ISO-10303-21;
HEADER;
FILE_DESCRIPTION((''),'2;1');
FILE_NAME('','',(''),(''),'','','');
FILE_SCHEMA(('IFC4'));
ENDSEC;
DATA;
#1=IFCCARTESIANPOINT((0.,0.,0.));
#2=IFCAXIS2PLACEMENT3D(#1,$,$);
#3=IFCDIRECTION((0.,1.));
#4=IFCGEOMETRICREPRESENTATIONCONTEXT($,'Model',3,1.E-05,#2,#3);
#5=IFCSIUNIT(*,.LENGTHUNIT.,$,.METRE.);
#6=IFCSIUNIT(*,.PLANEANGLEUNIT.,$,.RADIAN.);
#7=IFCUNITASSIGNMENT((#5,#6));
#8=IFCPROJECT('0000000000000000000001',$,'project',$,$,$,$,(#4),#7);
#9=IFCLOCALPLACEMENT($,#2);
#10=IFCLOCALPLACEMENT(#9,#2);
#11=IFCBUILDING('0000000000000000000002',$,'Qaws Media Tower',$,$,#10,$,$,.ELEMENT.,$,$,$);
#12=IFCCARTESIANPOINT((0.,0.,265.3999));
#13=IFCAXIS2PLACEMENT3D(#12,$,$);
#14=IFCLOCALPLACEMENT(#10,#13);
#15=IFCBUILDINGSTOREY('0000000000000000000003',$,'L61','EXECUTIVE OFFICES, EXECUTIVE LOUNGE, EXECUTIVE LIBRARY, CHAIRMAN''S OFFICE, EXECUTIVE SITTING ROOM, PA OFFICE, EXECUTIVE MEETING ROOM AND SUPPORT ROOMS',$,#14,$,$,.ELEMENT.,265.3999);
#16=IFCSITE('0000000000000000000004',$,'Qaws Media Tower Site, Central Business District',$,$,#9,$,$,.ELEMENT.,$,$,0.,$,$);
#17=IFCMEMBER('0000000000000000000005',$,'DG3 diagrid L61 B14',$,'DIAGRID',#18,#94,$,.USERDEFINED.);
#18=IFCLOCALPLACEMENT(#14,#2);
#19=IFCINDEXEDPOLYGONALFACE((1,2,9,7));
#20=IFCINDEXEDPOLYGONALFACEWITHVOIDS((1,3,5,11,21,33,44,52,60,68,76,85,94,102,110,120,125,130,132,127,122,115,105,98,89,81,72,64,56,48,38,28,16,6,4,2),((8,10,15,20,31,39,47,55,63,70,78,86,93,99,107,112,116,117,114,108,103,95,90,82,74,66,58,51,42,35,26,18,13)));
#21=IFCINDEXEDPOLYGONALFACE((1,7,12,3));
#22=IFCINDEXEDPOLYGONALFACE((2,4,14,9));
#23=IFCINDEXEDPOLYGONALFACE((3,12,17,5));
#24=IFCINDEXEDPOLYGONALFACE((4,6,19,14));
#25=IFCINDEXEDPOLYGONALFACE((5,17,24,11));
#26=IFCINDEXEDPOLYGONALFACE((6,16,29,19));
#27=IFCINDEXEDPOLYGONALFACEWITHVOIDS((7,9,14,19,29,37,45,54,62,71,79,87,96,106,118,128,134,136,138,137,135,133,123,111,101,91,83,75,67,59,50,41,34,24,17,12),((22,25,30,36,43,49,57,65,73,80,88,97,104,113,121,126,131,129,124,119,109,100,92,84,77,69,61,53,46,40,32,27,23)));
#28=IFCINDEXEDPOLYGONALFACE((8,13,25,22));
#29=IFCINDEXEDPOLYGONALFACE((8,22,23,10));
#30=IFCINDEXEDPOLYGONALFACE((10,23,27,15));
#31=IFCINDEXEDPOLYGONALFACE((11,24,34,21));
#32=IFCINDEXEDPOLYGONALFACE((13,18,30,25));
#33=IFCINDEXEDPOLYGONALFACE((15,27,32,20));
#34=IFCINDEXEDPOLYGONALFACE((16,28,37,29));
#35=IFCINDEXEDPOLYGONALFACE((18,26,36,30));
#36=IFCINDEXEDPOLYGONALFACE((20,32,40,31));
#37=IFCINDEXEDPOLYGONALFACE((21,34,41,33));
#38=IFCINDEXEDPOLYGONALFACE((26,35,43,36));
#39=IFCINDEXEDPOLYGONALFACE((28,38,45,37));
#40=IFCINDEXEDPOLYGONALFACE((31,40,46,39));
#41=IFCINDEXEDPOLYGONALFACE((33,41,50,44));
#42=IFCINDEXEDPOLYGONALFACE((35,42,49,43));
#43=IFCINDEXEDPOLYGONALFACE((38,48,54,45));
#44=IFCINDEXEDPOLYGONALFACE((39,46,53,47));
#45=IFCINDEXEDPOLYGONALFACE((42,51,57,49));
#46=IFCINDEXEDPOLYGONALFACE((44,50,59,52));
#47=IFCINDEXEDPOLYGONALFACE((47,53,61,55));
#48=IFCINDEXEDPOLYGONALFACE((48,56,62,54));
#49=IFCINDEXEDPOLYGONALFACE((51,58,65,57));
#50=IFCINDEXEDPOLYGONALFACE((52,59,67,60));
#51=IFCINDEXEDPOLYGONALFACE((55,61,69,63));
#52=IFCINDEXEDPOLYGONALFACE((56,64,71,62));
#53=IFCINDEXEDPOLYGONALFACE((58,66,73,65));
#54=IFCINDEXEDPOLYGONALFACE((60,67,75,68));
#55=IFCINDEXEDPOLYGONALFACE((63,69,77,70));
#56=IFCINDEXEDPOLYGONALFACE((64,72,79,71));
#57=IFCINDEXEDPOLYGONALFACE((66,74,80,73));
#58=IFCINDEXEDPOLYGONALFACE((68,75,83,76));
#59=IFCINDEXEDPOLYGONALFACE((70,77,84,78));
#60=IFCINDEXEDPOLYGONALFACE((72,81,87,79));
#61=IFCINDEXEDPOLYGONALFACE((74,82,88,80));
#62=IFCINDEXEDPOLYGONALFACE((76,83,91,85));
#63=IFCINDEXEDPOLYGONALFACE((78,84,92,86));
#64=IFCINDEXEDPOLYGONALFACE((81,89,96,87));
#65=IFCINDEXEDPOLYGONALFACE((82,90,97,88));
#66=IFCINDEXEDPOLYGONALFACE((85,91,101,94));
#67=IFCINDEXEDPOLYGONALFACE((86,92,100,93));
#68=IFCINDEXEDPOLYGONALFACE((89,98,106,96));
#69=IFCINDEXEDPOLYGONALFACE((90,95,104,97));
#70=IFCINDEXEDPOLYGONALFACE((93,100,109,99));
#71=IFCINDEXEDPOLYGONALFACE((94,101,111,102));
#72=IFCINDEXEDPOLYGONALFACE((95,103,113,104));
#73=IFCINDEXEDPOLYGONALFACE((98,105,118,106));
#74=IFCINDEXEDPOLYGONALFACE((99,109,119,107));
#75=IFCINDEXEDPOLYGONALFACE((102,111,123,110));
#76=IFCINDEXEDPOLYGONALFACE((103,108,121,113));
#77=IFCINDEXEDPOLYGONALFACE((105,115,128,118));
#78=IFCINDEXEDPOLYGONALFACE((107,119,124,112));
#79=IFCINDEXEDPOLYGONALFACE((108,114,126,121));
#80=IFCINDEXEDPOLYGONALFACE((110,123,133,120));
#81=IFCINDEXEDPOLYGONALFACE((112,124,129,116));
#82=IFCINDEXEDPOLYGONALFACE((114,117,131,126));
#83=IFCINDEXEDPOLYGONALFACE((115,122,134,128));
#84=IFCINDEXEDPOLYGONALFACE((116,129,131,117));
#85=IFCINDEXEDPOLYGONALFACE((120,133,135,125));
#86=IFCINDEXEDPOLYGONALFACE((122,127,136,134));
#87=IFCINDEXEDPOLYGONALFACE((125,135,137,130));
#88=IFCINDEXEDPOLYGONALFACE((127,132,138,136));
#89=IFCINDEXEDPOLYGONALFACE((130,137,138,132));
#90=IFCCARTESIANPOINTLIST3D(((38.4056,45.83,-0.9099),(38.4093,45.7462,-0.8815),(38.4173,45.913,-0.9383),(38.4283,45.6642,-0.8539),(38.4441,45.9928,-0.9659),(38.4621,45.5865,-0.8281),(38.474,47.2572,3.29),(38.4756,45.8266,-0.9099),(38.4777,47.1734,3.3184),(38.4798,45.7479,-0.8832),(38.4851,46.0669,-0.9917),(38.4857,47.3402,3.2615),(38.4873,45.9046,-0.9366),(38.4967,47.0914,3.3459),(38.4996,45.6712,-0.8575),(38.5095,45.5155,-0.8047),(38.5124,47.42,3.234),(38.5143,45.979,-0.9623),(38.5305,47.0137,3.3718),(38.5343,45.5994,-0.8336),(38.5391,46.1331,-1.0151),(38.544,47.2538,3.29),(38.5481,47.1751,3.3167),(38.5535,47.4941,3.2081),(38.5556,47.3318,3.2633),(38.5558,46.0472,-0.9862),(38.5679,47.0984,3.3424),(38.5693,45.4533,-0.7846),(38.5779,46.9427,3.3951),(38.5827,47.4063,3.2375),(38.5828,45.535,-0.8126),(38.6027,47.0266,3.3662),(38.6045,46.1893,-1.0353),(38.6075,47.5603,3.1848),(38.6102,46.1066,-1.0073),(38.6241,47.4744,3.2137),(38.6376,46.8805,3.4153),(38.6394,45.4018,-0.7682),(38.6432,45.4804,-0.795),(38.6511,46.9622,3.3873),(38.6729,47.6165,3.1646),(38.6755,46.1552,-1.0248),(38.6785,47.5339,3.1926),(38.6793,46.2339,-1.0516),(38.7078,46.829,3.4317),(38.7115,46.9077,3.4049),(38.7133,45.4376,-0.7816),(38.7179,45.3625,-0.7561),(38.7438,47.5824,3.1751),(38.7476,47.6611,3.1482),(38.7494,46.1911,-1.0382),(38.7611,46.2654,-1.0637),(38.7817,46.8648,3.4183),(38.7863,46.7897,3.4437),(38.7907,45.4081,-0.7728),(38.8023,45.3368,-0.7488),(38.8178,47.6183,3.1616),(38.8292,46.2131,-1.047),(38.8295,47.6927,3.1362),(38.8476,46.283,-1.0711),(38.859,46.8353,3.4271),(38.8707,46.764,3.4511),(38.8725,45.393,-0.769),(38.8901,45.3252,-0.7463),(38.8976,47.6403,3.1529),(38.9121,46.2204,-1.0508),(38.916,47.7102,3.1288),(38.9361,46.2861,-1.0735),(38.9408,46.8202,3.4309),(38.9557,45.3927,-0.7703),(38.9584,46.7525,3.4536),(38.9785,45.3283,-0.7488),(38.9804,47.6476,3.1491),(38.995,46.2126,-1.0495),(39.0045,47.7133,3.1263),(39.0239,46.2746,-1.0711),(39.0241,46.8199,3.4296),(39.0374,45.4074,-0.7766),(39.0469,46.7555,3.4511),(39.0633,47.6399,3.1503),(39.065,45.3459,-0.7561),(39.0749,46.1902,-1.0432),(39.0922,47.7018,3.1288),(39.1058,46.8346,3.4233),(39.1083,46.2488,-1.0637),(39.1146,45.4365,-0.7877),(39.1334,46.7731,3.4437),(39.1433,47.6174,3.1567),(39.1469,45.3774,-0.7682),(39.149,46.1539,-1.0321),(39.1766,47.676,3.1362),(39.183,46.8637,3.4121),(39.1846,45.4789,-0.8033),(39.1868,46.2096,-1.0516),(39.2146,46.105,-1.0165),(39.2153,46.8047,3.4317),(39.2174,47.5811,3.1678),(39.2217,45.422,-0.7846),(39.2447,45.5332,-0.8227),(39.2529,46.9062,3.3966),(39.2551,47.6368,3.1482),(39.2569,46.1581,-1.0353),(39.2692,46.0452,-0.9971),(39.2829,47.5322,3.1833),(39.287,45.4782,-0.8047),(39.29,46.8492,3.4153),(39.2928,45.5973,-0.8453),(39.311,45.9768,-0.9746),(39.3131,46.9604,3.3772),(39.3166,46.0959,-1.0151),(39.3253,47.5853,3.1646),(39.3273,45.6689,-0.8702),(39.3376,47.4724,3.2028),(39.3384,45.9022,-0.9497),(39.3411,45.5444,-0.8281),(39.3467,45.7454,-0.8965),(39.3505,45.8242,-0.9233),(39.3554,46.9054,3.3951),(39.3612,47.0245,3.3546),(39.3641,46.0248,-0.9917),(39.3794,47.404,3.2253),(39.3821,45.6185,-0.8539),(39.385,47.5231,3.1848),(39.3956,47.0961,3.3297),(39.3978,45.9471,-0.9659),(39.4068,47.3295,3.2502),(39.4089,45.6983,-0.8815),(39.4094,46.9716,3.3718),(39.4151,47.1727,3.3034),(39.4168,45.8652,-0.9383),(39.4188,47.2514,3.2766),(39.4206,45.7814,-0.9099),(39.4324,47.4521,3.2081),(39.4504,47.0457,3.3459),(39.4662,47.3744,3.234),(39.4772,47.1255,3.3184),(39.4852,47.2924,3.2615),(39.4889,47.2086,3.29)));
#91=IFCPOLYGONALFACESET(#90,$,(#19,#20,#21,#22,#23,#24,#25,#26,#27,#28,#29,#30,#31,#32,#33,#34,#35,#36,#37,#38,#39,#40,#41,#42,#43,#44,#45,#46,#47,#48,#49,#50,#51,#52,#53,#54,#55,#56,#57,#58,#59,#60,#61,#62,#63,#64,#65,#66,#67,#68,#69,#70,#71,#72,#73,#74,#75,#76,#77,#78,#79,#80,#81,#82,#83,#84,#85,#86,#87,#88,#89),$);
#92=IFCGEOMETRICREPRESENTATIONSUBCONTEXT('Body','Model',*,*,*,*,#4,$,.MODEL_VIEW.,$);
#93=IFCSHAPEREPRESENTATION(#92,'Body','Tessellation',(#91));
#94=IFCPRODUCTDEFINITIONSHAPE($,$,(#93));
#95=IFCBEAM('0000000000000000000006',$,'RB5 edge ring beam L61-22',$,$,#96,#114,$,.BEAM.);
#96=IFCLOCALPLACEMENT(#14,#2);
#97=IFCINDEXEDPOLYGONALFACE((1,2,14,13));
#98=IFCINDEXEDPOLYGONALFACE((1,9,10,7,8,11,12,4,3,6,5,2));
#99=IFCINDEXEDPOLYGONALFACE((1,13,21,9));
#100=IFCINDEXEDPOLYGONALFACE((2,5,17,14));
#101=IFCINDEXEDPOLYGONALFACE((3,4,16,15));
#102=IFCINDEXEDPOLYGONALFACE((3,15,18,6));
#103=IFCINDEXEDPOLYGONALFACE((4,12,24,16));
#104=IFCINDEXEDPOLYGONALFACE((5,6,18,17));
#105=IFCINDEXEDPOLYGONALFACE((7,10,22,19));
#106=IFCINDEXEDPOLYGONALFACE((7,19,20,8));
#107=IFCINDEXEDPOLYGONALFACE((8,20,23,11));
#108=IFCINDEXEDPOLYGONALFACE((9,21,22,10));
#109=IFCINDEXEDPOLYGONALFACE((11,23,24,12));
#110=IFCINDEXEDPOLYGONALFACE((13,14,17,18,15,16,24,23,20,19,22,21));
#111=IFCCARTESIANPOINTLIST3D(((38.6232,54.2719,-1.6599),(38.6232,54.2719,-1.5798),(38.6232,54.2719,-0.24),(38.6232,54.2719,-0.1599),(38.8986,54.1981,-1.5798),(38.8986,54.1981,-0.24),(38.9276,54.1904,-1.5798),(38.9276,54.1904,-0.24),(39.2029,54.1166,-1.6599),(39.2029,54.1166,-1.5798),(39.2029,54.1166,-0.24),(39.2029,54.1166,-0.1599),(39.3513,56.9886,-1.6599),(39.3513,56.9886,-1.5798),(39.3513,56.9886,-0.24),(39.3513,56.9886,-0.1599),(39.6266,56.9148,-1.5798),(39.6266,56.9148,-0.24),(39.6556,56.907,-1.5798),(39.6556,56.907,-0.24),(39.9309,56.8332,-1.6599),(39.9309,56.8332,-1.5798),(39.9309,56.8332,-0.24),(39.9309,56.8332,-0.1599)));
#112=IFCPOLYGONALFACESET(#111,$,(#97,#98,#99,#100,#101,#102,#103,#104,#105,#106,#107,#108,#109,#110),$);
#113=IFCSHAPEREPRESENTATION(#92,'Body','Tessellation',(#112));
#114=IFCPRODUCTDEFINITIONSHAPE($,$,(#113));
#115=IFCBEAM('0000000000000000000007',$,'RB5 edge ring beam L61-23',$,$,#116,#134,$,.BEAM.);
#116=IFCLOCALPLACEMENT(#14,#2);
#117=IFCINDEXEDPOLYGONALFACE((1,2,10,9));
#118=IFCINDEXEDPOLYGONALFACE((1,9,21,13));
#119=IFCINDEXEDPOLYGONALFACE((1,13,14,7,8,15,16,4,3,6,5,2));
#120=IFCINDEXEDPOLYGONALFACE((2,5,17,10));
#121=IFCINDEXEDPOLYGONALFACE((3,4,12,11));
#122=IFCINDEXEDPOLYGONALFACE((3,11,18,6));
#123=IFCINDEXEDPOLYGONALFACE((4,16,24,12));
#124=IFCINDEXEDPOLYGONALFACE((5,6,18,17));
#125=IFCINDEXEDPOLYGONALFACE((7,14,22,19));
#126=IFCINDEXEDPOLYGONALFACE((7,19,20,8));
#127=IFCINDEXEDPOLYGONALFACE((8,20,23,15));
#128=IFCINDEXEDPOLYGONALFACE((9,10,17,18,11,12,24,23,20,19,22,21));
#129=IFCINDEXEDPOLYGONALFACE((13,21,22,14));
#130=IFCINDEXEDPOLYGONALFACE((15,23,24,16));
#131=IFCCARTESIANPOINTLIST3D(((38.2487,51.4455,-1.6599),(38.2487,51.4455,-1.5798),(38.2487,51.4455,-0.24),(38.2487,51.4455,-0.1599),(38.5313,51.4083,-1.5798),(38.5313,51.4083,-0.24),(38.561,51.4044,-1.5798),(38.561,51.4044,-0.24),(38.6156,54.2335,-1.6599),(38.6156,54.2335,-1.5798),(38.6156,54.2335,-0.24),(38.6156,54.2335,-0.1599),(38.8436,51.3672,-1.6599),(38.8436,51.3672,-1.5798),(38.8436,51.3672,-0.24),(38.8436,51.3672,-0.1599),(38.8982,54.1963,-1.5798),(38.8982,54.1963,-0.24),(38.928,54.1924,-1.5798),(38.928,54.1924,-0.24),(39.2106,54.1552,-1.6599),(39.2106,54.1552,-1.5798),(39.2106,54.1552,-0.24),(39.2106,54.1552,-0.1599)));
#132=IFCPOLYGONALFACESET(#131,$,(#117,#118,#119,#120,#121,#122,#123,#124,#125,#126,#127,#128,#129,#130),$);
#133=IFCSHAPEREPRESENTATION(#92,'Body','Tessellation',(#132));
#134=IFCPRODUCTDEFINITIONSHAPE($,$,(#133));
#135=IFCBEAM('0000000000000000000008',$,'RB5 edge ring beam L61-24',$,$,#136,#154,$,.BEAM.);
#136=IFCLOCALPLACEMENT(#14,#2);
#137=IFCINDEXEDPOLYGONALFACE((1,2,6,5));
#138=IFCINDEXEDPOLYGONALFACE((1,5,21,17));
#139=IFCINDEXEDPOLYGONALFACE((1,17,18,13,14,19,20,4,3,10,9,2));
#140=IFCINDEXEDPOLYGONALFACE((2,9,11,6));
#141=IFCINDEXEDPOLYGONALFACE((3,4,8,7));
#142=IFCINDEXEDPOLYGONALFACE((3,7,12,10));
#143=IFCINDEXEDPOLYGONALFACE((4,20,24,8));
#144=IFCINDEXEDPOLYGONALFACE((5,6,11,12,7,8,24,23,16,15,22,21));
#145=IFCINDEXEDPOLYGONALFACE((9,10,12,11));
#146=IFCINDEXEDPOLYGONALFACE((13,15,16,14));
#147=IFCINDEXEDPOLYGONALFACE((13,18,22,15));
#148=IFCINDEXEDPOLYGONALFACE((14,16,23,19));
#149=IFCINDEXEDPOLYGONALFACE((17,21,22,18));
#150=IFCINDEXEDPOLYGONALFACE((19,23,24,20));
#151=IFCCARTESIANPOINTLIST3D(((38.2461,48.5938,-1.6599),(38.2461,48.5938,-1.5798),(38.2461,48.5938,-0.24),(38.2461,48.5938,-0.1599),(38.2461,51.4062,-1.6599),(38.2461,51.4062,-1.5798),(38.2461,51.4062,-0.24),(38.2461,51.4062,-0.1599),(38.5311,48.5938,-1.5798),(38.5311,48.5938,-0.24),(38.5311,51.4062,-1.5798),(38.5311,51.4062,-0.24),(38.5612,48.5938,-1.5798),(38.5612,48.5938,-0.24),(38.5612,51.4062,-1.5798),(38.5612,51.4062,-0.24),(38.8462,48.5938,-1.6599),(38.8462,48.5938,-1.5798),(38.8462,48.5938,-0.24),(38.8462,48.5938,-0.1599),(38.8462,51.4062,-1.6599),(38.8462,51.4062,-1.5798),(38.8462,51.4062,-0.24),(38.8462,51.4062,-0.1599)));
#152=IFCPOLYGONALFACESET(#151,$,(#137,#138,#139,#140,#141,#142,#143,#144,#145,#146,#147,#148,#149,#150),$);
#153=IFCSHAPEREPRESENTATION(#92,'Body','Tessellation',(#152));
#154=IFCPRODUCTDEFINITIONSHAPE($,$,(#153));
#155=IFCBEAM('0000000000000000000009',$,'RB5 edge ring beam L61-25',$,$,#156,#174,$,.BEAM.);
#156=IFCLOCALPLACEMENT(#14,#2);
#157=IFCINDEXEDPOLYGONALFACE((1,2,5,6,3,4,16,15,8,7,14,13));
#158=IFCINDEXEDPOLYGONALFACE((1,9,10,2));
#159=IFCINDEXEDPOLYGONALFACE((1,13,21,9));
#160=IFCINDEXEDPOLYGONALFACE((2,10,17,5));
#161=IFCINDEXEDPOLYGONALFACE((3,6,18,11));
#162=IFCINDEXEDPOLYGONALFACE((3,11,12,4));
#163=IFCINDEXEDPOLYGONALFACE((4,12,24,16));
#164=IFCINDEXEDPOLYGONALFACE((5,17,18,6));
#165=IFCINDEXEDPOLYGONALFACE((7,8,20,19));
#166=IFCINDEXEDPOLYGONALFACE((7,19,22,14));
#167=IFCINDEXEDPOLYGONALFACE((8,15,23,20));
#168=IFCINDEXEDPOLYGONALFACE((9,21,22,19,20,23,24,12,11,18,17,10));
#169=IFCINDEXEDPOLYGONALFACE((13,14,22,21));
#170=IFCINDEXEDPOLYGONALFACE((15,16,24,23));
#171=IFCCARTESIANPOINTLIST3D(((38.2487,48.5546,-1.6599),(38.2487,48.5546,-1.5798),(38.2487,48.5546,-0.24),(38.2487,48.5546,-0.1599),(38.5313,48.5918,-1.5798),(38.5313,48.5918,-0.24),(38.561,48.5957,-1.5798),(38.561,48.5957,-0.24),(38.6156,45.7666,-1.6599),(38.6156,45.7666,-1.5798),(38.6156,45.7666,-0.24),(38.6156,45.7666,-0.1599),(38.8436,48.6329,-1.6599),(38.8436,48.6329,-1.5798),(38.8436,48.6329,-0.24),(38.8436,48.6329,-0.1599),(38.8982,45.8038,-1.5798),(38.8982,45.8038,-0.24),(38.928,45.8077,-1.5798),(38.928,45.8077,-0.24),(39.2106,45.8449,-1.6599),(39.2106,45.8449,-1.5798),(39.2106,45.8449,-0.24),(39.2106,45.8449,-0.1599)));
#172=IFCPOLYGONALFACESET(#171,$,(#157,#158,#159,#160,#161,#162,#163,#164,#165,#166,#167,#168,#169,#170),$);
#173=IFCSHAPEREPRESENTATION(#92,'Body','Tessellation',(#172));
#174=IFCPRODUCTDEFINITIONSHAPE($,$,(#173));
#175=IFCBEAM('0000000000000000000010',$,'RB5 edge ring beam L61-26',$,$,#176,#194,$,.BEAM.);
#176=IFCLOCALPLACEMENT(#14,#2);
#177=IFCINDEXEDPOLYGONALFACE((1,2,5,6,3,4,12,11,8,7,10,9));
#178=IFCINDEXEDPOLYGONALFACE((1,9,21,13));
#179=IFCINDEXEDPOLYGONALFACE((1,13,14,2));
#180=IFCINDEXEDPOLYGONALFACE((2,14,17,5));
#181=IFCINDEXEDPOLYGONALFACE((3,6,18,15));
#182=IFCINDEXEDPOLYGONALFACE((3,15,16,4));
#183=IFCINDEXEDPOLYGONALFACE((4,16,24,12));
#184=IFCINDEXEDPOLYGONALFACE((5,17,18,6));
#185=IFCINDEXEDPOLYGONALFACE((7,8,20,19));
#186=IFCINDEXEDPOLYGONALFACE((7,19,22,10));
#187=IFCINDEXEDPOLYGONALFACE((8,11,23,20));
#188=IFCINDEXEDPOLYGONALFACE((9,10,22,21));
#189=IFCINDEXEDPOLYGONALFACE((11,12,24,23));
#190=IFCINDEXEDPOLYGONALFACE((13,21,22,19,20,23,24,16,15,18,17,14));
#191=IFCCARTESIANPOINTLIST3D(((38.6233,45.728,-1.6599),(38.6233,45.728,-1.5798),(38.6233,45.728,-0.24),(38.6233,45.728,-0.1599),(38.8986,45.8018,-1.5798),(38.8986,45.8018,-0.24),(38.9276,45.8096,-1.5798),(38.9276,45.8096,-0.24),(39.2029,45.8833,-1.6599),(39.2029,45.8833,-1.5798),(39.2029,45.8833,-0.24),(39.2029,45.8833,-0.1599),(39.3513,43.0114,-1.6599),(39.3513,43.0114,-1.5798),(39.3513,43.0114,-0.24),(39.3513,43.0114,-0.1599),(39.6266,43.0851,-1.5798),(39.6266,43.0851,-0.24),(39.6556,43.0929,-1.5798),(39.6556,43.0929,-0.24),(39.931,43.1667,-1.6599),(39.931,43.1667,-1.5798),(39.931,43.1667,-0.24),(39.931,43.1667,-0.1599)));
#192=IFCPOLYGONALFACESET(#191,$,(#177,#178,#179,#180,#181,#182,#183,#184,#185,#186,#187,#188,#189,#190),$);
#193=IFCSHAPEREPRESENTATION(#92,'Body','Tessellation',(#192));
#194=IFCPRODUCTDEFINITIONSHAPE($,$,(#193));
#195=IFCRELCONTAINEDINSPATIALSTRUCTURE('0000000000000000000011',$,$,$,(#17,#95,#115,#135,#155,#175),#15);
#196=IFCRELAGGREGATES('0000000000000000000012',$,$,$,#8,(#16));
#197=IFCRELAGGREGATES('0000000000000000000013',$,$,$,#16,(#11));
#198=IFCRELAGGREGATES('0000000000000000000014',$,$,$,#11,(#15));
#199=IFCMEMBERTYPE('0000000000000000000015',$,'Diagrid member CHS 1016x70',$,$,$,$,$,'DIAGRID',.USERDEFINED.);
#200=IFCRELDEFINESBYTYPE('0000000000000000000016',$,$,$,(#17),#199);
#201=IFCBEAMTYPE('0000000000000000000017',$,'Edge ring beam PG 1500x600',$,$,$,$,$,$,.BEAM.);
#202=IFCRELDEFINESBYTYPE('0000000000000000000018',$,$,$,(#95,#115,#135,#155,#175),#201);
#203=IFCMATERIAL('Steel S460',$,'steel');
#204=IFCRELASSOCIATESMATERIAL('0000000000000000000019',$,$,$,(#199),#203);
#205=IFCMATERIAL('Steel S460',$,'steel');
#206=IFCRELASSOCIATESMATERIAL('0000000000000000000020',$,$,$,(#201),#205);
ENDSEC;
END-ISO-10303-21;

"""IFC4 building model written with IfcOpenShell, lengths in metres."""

from ifc_helpers import new_model, si_unit, direction, frame, origin, origin_2d, place, context, subcontext, project, spatial, hollow_circle, i_section, extrude, material, material_profile, profile_set, type_object, element, save


model = new_model("IFC4")

# Units and contexts
model_context = context("Model", 3, precision=1e-05, world=origin(), true_north=direction((0.0, 1.0)))
body_context = subcontext(model_context, "Body", "Model", "MODEL_VIEW")
ifc_project = project(units=[si_unit("LENGTHUNIT", "METRE"), si_unit("PLANEANGLEUNIT", "RADIAN")], contexts=[model_context])

# Site, building, storey
site_placement = place(None, origin())
site = spatial("IfcSite", under=ifc_project, at=site_placement, Name="Qaws Media Tower Site, Central Business District", CompositionType="ELEMENT", RefElevation=0.0)
building_placement = place(site_placement, origin())
building = spatial("IfcBuilding", under=site, at=building_placement, Name="Qaws Media Tower", CompositionType="ELEMENT")
storey_placement = place(building_placement, frame((0.0, 0.0, 265.3999)))
storey = spatial("IfcBuildingStorey", under=building, at=storey_placement, Name="L61", Description="EXECUTIVE OFFICES, EXECUTIVE LOUNGE, EXECUTIVE LIBRARY, CHAIRMAN'S OFFICE, EXECUTIVE SITTING ROOM, PA OFFICE, EXECUTIVE MEETING ROOM AND SUPPORT ROOMS", CompositionType="ELEMENT", Elevation=265.3999)

# Member
ifc_material_1 = material(Name="Steel S460", Category="steel")
ifc_material_profile_1 = material_profile(ifc_material_1, hollow_circle(Radius=0.5081, WallThickness=0.0701, at=origin_2d()), Name="CHS 1016x70")
ifc_profile_set_1 = profile_set([ifc_material_profile_1], Name="Steel S460")
member_type_1 = type_object("IfcMemberType", Name="Diagrid member CHS 1016x70", ElementType="DIAGRID", PredefinedType="USERDEFINED", material=ifc_profile_set_1)
for number, where, z_axis, x_axis, name in (
    (1, (38.9131, 45.8057, -0.9099), (0.015409, 0.321716, 0.946711), (-0.998855, 0.047841, 0.0), "DG3 diagrid L61 B14"),
):
    element("IfcMember", number, at=place(storey_placement, frame(where, z_axis=z_axis, x_axis=x_axis)), inside=storey, type_object=member_type_1, Name=name, ObjectType="DIAGRID", PredefinedType="USERDEFINED", context=body_context, shape_type="SweptSolid", body=[
        extrude(hollow_circle(Radius=0.5081, WallThickness=0.0701, at=origin_2d()), origin(), (0.0, 0.0, 1.0), 4.4363),
    ])

# Beams
ifc_material_2 = material(Name="Steel S460", Category="steel")
ifc_material_profile_2 = material_profile(ifc_material_2, i_section(OverallWidth=0.6001, OverallDepth=1.5, WebThickness=0.03, FlangeThickness=0.0801, at=origin_2d()), Name="PG 1500x600")
ifc_profile_set_2 = profile_set([ifc_material_profile_2], Name="Steel S460")
beam_type = type_object("IfcBeamType", Name="Edge ring beam PG 1500x600", PredefinedType="BEAM", material=ifc_profile_set_2)
beam_1_placement = place(storey_placement, frame((39.6411, 56.9109, -0.9099), z_axis=(-0.258862, -0.965914, 0.0), x_axis=(0.965914, -0.258862, 0.0)))
element("IfcBeam", 2, at=beam_1_placement, inside=storey, type_object=beam_type, Name="RB5 edge ring beam L61-22", PredefinedType="BEAM", context=body_context, shape_type="SweptSolid", body=[
    extrude(i_section(OverallWidth=0.6001, OverallDepth=1.5, WebThickness=0.03, FlangeThickness=0.0801, at=origin_2d()), origin(), (0.0, 0.0, 1.0), 2.8125),
])
beam_2_placement = place(storey_placement, frame((38.9131, 54.1943, -0.9099), z_axis=(-0.130486, -0.99145, 0.0), x_axis=(0.99145, -0.130486, 0.0)))
element("IfcBeam", 3, at=beam_2_placement, inside=storey, type_object=beam_type, Name="RB5 edge ring beam L61-23", PredefinedType="BEAM", context=body_context, shape_type="SweptSolid", body=[
    extrude(i_section(OverallWidth=0.6001, OverallDepth=1.5, WebThickness=0.03, FlangeThickness=0.0801, at=origin_2d()), origin(), (0.0, 0.0, 1.0), 2.812),
])
beam_3_placement = place(storey_placement, frame((38.5461, 51.4062, -0.9099), z_axis=(0.0, -1.0, 0.0), x_axis=(1.0, 0.0, 0.0)))
element("IfcBeam", 4, at=beam_3_placement, inside=storey, type_object=beam_type, Name="RB5 edge ring beam L61-24", PredefinedType="BEAM", context=body_context, shape_type="SweptSolid", body=[
    extrude(i_section(OverallWidth=0.6001, OverallDepth=1.5, WebThickness=0.03, FlangeThickness=0.0801, at=origin_2d()), origin(), (0.0, 0.0, 1.0), 2.8125),
])
beam_4_placement = place(storey_placement, frame((38.5461, 48.5938, -0.9099), z_axis=(0.130486, -0.99145, 0.0), x_axis=(0.99145, 0.130486, 0.0)))
element("IfcBeam", 5, at=beam_4_placement, inside=storey, type_object=beam_type, Name="RB5 edge ring beam L61-25", PredefinedType="BEAM", context=body_context, shape_type="SweptSolid", body=[
    extrude(i_section(OverallWidth=0.6001, OverallDepth=1.5, WebThickness=0.03, FlangeThickness=0.0801, at=origin_2d()), origin(), (0.0, 0.0, 1.0), 2.812),
])
beam_5_placement = place(storey_placement, frame((38.9131, 45.8057, -0.9099), z_axis=(0.258862, -0.965914, 0.0), x_axis=(0.965914, 0.258862, 0.0)))
element("IfcBeam", 6, at=beam_5_placement, inside=storey, type_object=beam_type, Name="RB5 edge ring beam L61-26", PredefinedType="BEAM", context=body_context, shape_type="SweptSolid", body=[
    extrude(i_section(OverallWidth=0.6001, OverallDepth=1.5, WebThickness=0.03, FlangeThickness=0.0801, at=origin_2d()), origin(), (0.0, 0.0, 1.0), 2.8125),
])

save(model, "model.ifc")
